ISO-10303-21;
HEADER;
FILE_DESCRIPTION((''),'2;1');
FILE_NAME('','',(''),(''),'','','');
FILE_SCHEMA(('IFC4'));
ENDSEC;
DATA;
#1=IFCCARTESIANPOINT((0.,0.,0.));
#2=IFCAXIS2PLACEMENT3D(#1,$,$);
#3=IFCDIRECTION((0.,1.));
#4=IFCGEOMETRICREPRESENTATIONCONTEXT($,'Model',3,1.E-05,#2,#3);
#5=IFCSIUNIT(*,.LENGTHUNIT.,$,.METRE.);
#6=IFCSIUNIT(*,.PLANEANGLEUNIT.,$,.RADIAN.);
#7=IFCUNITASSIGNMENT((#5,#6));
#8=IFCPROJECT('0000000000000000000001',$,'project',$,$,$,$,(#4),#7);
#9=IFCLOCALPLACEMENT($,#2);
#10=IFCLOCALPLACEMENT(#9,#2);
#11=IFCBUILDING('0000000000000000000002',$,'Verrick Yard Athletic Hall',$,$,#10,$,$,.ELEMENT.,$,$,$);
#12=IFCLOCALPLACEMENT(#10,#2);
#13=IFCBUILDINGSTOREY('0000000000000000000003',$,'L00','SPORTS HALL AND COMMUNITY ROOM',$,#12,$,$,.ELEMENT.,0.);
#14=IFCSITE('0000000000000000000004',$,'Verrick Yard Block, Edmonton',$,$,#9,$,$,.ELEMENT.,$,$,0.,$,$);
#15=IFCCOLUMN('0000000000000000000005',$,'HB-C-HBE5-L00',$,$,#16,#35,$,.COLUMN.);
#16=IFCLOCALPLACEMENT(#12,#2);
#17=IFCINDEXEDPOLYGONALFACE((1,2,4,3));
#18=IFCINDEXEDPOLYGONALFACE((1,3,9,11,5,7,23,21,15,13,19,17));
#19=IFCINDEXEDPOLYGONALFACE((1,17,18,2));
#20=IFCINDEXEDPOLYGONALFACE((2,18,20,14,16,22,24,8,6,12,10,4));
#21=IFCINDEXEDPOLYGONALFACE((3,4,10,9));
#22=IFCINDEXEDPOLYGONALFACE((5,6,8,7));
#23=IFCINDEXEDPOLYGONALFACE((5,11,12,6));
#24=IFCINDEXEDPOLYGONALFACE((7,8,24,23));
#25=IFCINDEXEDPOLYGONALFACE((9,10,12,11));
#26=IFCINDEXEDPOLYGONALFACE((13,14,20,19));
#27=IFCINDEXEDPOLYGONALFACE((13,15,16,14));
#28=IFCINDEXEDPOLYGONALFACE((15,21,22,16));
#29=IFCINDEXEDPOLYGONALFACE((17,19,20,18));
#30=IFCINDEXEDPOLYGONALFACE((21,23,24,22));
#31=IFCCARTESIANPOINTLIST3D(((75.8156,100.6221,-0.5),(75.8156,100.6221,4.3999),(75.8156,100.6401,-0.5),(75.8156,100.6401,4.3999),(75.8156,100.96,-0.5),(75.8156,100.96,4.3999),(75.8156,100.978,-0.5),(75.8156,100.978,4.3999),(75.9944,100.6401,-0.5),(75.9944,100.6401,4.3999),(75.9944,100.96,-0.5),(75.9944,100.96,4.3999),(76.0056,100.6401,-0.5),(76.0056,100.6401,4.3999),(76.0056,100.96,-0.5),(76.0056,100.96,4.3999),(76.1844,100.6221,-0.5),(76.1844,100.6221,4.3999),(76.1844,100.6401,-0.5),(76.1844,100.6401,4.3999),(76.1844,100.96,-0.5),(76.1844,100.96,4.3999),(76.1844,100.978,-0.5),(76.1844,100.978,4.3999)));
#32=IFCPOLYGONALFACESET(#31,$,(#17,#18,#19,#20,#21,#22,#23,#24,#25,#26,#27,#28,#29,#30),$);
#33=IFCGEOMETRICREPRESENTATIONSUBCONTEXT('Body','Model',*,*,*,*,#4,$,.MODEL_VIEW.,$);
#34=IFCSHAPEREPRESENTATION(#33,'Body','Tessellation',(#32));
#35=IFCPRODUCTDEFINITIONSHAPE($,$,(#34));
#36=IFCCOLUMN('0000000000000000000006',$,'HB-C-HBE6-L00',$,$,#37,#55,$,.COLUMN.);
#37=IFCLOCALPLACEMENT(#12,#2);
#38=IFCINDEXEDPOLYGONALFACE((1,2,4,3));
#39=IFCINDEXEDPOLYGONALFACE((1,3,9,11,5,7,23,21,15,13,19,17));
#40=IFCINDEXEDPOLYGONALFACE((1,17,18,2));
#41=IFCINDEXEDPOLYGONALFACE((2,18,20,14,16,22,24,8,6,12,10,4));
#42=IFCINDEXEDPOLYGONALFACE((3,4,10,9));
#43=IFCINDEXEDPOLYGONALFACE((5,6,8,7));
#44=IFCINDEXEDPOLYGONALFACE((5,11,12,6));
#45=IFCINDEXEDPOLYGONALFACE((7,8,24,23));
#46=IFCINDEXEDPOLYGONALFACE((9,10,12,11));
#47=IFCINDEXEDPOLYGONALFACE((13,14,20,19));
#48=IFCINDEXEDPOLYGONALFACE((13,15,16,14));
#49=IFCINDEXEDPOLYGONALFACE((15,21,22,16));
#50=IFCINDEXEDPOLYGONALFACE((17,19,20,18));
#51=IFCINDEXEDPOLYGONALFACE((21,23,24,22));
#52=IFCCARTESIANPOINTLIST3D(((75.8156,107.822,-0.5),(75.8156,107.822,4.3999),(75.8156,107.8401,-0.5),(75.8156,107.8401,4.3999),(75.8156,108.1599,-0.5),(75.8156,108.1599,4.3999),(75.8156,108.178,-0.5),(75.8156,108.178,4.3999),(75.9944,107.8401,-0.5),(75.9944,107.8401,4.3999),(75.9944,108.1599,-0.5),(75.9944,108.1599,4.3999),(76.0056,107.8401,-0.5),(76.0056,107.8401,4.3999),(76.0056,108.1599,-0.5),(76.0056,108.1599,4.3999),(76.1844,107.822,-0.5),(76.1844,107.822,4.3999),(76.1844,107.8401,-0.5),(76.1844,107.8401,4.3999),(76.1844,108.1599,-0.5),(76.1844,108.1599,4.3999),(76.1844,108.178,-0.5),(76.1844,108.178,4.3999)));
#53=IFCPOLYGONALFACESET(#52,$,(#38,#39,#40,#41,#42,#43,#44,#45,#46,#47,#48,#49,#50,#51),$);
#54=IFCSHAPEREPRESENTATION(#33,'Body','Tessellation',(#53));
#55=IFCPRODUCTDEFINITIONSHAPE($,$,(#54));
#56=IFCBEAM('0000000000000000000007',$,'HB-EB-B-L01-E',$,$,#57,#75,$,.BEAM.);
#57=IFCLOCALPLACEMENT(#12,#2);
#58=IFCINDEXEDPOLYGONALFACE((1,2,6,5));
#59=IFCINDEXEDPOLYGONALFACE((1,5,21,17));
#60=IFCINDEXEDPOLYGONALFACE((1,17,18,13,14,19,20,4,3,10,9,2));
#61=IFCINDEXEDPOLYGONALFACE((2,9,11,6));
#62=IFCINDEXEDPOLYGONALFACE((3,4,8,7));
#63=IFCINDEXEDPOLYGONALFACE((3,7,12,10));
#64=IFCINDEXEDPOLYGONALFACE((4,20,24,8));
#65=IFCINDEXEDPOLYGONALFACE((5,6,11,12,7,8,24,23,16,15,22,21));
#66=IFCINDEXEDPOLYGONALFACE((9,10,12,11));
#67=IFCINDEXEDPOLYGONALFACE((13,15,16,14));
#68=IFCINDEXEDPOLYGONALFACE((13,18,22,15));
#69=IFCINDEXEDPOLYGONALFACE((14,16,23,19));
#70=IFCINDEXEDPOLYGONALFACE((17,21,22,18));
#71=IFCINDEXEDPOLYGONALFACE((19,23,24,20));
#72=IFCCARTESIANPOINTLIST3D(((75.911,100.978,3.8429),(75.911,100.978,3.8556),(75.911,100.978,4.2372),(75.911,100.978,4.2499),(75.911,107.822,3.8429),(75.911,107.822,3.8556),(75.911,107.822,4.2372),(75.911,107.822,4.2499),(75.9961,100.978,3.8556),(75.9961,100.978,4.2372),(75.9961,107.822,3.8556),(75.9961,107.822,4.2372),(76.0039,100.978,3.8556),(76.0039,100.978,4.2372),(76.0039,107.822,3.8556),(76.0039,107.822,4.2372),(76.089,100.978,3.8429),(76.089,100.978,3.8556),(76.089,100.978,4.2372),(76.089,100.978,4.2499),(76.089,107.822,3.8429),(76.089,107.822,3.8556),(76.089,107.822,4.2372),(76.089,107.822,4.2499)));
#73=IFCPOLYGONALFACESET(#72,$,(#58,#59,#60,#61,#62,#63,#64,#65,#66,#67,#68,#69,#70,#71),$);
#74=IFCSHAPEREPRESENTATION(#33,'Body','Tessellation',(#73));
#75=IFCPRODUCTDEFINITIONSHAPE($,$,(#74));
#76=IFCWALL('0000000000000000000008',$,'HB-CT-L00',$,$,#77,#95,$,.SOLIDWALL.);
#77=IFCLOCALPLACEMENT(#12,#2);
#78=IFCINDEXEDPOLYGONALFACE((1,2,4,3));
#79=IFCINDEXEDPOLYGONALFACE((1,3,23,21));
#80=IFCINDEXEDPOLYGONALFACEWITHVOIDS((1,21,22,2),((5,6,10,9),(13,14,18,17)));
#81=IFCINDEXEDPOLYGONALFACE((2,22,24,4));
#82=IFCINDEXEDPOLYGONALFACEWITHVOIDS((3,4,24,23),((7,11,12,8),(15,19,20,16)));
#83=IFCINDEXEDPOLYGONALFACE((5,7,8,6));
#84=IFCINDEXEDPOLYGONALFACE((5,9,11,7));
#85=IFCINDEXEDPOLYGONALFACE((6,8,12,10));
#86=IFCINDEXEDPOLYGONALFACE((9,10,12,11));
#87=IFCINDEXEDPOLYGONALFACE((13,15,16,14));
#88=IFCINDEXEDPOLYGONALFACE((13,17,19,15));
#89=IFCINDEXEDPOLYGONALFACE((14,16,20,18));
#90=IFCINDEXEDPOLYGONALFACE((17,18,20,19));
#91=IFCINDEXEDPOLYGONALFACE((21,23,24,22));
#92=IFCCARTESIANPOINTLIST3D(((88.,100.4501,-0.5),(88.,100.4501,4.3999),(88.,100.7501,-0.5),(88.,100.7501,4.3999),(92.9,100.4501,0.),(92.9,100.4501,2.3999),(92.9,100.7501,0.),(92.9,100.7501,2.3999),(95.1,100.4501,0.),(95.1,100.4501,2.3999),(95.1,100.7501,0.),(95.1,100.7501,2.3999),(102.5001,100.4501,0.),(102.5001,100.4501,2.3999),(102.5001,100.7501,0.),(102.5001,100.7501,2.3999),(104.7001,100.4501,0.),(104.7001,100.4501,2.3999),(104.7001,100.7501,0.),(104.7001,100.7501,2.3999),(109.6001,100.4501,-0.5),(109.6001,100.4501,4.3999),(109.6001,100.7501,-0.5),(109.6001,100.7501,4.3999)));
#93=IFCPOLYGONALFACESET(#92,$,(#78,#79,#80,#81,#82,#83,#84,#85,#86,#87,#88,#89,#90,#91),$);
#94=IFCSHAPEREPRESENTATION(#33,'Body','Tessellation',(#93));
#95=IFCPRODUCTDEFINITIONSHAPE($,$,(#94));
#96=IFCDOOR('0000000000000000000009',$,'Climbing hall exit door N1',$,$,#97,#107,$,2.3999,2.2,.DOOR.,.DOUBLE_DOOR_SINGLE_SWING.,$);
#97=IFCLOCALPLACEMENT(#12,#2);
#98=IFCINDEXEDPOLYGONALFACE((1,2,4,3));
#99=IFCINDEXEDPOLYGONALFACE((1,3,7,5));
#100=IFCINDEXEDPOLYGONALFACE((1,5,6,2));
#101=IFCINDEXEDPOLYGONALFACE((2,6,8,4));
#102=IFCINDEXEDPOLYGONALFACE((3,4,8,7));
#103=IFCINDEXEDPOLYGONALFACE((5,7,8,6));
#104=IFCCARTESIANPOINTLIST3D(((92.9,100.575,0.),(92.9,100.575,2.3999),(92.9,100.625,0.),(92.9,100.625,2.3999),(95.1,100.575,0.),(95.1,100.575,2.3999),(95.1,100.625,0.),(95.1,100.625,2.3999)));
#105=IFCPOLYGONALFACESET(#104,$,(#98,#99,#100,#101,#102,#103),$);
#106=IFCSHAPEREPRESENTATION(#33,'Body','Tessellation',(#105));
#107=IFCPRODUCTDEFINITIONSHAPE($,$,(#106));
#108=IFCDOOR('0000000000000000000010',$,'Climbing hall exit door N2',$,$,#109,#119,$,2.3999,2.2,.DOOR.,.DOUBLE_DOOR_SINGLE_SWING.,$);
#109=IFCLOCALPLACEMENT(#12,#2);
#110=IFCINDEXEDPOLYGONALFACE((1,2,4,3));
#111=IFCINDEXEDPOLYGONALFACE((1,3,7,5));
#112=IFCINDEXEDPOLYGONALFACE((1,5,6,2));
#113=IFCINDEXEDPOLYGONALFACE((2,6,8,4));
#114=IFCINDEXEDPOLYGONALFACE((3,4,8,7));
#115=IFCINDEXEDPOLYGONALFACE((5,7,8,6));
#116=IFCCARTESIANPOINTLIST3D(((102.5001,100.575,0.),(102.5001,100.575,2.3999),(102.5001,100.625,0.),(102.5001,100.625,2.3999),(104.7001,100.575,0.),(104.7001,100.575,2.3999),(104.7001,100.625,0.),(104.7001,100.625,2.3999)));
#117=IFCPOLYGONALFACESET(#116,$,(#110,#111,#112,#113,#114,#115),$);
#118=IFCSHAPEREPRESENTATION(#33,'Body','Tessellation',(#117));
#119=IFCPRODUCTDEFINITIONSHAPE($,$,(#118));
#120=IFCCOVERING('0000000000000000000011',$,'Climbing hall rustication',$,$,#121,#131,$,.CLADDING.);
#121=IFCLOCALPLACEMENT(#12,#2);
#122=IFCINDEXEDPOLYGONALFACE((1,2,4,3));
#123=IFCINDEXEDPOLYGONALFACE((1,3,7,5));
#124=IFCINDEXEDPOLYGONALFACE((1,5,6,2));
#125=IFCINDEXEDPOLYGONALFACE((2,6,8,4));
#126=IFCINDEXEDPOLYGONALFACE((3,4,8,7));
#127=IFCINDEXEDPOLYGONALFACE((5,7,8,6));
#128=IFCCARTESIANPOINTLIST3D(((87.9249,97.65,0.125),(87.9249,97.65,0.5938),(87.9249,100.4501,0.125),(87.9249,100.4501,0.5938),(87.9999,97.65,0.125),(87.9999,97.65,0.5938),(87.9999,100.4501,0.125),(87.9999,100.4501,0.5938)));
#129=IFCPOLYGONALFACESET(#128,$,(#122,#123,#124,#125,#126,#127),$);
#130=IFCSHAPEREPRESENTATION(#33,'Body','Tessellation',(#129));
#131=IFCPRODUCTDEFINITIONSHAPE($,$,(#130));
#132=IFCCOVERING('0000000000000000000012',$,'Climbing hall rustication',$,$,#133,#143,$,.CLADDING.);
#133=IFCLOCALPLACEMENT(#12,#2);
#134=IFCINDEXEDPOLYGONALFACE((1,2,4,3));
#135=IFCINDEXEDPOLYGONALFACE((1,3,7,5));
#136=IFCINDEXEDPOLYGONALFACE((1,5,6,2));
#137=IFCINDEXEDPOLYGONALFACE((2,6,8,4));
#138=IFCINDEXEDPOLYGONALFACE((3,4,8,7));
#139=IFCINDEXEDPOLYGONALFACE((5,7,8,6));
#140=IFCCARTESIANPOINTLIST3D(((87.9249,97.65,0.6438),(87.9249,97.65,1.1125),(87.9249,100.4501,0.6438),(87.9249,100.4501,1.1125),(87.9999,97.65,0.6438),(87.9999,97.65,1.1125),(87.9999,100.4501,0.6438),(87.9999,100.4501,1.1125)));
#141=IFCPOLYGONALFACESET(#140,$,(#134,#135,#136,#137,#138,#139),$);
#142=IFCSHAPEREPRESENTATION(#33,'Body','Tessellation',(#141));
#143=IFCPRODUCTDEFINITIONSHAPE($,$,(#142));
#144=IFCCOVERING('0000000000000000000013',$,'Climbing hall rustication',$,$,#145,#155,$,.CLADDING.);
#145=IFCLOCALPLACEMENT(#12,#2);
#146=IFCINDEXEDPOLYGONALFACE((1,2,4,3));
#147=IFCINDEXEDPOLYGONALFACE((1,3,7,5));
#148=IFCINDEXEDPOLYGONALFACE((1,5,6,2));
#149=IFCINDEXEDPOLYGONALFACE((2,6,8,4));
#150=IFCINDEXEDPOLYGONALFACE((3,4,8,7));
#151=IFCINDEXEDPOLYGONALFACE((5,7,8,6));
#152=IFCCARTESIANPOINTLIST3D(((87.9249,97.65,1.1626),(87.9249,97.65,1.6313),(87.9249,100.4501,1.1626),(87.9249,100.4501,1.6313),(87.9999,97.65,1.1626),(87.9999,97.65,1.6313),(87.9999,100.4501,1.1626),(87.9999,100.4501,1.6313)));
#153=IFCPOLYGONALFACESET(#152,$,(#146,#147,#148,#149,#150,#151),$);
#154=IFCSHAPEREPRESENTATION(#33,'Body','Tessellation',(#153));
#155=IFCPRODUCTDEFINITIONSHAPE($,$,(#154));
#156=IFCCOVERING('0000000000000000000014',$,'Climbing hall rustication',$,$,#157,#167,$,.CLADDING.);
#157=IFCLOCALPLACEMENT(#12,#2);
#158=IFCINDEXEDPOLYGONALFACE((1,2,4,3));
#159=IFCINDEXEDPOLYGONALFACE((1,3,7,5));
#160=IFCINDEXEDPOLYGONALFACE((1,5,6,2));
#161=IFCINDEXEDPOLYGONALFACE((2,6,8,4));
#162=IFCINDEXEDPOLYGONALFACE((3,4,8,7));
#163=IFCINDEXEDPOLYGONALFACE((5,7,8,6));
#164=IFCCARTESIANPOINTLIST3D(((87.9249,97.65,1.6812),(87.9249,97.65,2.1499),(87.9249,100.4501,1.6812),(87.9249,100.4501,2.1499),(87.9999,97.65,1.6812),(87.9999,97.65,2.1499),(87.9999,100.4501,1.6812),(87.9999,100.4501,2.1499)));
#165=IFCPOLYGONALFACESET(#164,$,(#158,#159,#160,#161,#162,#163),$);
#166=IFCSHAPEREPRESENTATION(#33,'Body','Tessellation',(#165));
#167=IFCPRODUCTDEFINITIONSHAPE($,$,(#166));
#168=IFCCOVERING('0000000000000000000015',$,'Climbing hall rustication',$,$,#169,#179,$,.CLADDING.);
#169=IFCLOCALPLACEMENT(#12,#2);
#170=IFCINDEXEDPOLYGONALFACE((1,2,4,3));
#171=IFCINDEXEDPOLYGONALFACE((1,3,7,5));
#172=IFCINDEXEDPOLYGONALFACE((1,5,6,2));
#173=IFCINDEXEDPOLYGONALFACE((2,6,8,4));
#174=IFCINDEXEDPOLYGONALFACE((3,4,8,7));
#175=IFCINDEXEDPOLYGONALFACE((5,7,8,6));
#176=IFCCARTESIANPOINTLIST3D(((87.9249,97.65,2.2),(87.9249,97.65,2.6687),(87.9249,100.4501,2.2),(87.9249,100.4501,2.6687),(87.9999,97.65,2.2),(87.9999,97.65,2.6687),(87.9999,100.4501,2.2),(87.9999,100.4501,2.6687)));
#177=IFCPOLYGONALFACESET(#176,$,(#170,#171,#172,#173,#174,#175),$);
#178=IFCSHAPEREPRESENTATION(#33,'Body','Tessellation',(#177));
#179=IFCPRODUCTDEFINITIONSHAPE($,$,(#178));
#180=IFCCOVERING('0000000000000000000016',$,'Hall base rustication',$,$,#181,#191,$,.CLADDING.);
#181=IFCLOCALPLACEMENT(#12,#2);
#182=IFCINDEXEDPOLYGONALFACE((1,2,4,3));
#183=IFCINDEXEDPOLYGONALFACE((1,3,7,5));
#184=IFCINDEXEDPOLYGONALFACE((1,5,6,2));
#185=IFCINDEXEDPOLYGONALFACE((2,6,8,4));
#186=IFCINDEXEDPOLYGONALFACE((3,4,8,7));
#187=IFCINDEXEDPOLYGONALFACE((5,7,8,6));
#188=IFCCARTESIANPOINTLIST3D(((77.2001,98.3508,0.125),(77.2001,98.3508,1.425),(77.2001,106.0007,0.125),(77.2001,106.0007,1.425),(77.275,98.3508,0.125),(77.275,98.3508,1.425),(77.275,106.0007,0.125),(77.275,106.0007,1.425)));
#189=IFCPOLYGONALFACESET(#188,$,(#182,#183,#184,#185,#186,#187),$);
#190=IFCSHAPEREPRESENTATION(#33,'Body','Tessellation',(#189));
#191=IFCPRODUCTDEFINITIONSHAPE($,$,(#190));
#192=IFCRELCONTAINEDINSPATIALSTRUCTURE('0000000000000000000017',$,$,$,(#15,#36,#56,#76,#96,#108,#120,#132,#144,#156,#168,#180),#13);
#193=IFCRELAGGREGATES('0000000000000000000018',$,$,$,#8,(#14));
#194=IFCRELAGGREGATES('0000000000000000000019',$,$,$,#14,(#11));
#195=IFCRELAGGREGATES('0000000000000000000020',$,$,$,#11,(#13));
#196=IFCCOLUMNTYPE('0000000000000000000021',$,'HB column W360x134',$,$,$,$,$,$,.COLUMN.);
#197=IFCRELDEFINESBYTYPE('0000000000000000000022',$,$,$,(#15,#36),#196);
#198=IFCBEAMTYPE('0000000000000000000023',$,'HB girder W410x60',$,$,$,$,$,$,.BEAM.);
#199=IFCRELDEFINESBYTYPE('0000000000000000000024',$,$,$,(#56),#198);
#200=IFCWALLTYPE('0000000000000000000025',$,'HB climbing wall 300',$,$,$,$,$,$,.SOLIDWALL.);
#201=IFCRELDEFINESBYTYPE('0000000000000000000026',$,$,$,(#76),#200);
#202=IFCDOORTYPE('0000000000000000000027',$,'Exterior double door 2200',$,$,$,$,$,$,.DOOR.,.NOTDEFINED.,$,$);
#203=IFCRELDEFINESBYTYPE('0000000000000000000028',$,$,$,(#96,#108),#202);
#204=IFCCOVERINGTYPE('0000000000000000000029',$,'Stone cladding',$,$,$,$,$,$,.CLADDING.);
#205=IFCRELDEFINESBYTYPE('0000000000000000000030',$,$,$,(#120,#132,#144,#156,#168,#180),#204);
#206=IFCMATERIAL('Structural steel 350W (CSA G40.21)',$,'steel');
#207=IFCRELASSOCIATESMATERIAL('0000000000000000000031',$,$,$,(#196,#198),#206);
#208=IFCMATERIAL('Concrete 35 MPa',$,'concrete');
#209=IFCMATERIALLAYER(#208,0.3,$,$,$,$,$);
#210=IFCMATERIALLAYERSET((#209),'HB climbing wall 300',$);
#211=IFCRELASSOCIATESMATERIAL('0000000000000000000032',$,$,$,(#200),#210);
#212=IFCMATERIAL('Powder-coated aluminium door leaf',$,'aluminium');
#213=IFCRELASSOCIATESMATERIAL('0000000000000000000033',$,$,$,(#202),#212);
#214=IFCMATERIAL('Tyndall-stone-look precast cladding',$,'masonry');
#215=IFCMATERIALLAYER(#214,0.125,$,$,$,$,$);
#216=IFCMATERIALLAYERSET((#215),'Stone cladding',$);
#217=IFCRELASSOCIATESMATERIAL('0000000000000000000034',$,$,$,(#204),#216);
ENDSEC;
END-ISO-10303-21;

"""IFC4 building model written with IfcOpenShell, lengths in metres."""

from ifc_helpers import new_model, si_unit, direction, frame, frame_2d, origin, origin_2d, place, context, subcontext, project, spatial, rectangle, i_section, extrude, material, layer, layer_set, material_profile, profile_set, type_object, element, fill, save


model = new_model("IFC4")

# Units and contexts
model_context = context("Model", 3, precision=1e-05, world=origin(), true_north=direction((0.0, 1.0)))
body_context = subcontext(model_context, "Body", "Model", "MODEL_VIEW")
ifc_project = project(units=[si_unit("LENGTHUNIT", "METRE"), si_unit("PLANEANGLEUNIT", "RADIAN")], contexts=[model_context])

# Site, building, storey
site_placement = place(None, origin())
site = spatial("IfcSite", under=ifc_project, at=site_placement, Name="Verrick Yard Block, Edmonton", CompositionType="ELEMENT", RefElevation=0.0)
building_placement = place(site_placement, origin())
building = spatial("IfcBuilding", under=site, at=building_placement, Name="Verrick Yard Athletic Hall", CompositionType="ELEMENT")
storey_placement = place(building_placement, origin())
storey = spatial("IfcBuildingStorey", under=building, at=storey_placement, Name="L00", Description="SPORTS HALL AND COMMUNITY ROOM", CompositionType="ELEMENT", Elevation=0.0)

# Shared definitions
ifc_material_1 = material(Name="Concrete 35 MPa", Category="concrete")

# Columns
ifc_material_2 = material(Name="Structural steel 350W (CSA G40.21)", Category="steel")
ifc_material_profile_1 = material_profile(ifc_material_2, i_section(OverallWidth=0.3689, OverallDepth=0.356, WebThickness=0.0112, FlangeThickness=0.0181, at=origin_2d()), Name="W360x134")
ifc_profile_set_1 = profile_set([ifc_material_profile_1], Name="Structural steel 350W (CSA G40.21)")
column_type = type_object("IfcColumnType", Name="HB column W360x134", PredefinedType="COLUMN", material=ifc_profile_set_1)
for number, where, z_axis, x_axis, name in (
    (1, (76.0, 100.8, -0.5), (0.0, 0.0, 1.0), (1.0, 0.0, 0.0), "HB-C-HBE5-L00"),
    (2, (76.0, 108.0, -0.5), (0.0, 0.0, 1.0), (1.0, 0.0, 0.0), "HB-C-HBE6-L00"),
):
    element("IfcColumn", number, at=place(storey_placement, frame(where, z_axis=z_axis, x_axis=x_axis)), inside=storey, type_object=column_type, Name=name, PredefinedType="COLUMN", context=body_context, shape_type="SweptSolid", body=[
        extrude(i_section(OverallWidth=0.3689, OverallDepth=0.356, WebThickness=0.0112, FlangeThickness=0.0181, at=origin_2d()), origin(), (0.0, 0.0, 1.0), 4.8999),
    ])

# Beam
ifc_material_profile_2 = material_profile(ifc_material_2, i_section(OverallWidth=0.178, OverallDepth=0.407, WebThickness=0.0078, FlangeThickness=0.0127, at=origin_2d()), Name="W410x60")
ifc_profile_set_2 = profile_set([ifc_material_profile_2], Name="Structural steel 350W (CSA G40.21)")
beam_type = type_object("IfcBeamType", Name="HB girder W410x60", PredefinedType="BEAM", material=ifc_profile_set_2)
beam_placement = place(storey_placement, frame((76.0, 100.978, 4.0464), z_axis=(0.0, 1.0, 0.0), x_axis=(-1.0, 0.0, 0.0)))
element("IfcBeam", 3, at=beam_placement, inside=storey, type_object=beam_type, Name="HB-EB-B-L01-E", PredefinedType="BEAM", context=body_context, shape_type="SweptSolid", body=[
    extrude(i_section(OverallWidth=0.178, OverallDepth=0.407, WebThickness=0.0078, FlangeThickness=0.0127, at=origin_2d()), origin(), (0.0, 0.0, 1.0), 6.844),
])

# Wall, openings, doors
ifc_layer_1 = layer(ifc_material_1, 0.3)
ifc_layer_set_1 = layer_set([ifc_layer_1], Name="HB climbing wall 300")
wall_type = type_object("IfcWallType", Name="HB climbing wall 300", PredefinedType="SOLIDWALL", material=ifc_layer_set_1)
wall_placement = place(storey_placement, frame((88.0, 100.6001, -0.5), z_axis=(0.0, 0.0, 1.0), x_axis=(1.0, 0.0, 0.0)))
wall = element("IfcWall", 4, at=wall_placement, inside=storey, type_object=wall_type, Name="HB-CT-L00", PredefinedType="SOLIDWALL", context=body_context, shape_type="SweptSolid", body=[
    extrude(rectangle(XDim=21.6001, YDim=0.3, at=frame_2d((10.8, 0.0))), origin(), (0.0, 0.0, 1.0), 4.8999),
])
opening_1_placement = place(wall_placement, frame((4.8999, 0.0, 0.5)))
opening_1 = element("IfcOpeningElement", 5, at=opening_1_placement, cuts=wall, PredefinedType="OPENING", context=body_context, shape_type="SweptSolid", body=[
    extrude(rectangle(XDim=2.2, YDim=2.3999, at=frame_2d((1.1001, 1.2))), frame((0.0, 0.1602, 0.0), z_axis=(0.0, -1.0, 0.0), x_axis=(1.0, 0.0, 0.0)), (0.0, 0.0, 1.0), 0.3201),
])
opening_2_placement = place(wall_placement, frame((14.5, 0.0, 0.5)))
opening_2 = element("IfcOpeningElement", 6, at=opening_2_placement, cuts=wall, PredefinedType="OPENING", context=body_context, shape_type="SweptSolid", body=[
    extrude(rectangle(XDim=2.2, YDim=2.3999, at=frame_2d((1.1001, 1.2))), frame((0.0, 0.1602, 0.0), z_axis=(0.0, -1.0, 0.0), x_axis=(1.0, 0.0, 0.0)), (0.0, 0.0, 1.0), 0.3201),
])
ifc_material_3 = material(Name="Powder-coated aluminium door leaf", Category="aluminium")
door_type = type_object("IfcDoorType", Name="Exterior double door 2200", OperationType="NOTDEFINED", PredefinedType="DOOR", material=ifc_material_3)
door_1_placement = place(opening_1_placement, origin())
door_1 = element("IfcDoor", 7, at=door_1_placement, inside=storey, type_object=door_type, Name="Climbing hall exit door N1", OperationType="DOUBLE_DOOR_SINGLE_SWING", OverallHeight=2.3999, OverallWidth=2.2, PredefinedType="DOOR", context=body_context, shape_type="SweptSolid", body=[
    extrude(rectangle(XDim=2.2, YDim=2.3999, at=frame_2d((1.1001, 1.2))), frame((0.0, 0.0249, 0.0), z_axis=(0.0, -1.0, 0.0), x_axis=(1.0, 0.0, 0.0)), (0.0, 0.0, 1.0), 0.05),
])
fill(opening_1, door_1)
door_2_placement = place(opening_2_placement, origin())
door_2 = element("IfcDoor", 8, at=door_2_placement, inside=storey, type_object=door_type, Name="Climbing hall exit door N2", OperationType="DOUBLE_DOOR_SINGLE_SWING", OverallHeight=2.3999, OverallWidth=2.2, PredefinedType="DOOR", context=body_context, shape_type="SweptSolid", body=[
    extrude(rectangle(XDim=2.2, YDim=2.3999, at=frame_2d((1.1001, 1.2))), frame((0.0, 0.0249, 0.0), z_axis=(0.0, -1.0, 0.0), x_axis=(1.0, 0.0, 0.0)), (0.0, 0.0, 1.0), 0.05),
])
fill(opening_2, door_2)

# Coverings
ifc_material_4 = material(Name="Tyndall-stone-look precast cladding", Category="masonry")
ifc_layer_2 = layer(ifc_material_4, 0.125)
ifc_layer_set_2 = layer_set([ifc_layer_2], Name="Stone cladding")
covering_type = type_object("IfcCoveringType", Name="Stone cladding", PredefinedType="CLADDING", material=ifc_layer_set_2)
for number, where, z_axis, x_axis, name in (
    (9, (87.9624, 99.05, 0.125), (0.0, 0.0, 1.0), (0.0, 1.0, 0.0), "Climbing hall rustication"),
    (10, (87.9624, 99.05, 0.6438), (0.0, 0.0, 1.0), (0.0, 1.0, 0.0), "Climbing hall rustication"),
    (11, (87.9624, 99.05, 1.1626), (0.0, 0.0, 1.0), (0.0, 1.0, 0.0), "Climbing hall rustication"),
    (12, (87.9624, 99.05, 1.6812), (0.0, 0.0, 1.0), (0.0, 1.0, 0.0), "Climbing hall rustication"),
    (13, (87.9624, 99.05, 2.2), (0.0, 0.0, 1.0), (0.0, 1.0, 0.0), "Climbing hall rustication"),
):
    element("IfcCovering", number, at=place(storey_placement, frame(where, z_axis=z_axis, x_axis=x_axis)), inside=storey, type_object=covering_type, Name=name, PredefinedType="CLADDING", context=body_context, shape_type="SweptSolid", body=[
        extrude(rectangle(XDim=2.8, YDim=0.075, at=origin_2d()), origin(), (0.0, 0.0, 1.0), 0.4688),
    ])
covering_1_placement = place(storey_placement, frame((77.2375, 102.1758, 0.125), z_axis=(0.0, 0.0, 1.0), x_axis=(0.0, 1.0, 0.0)))
element("IfcCovering", 14, at=covering_1_placement, inside=storey, type_object=covering_type, Name="Hall base rustication", PredefinedType="CLADDING", context=body_context, shape_type="SweptSolid", body=[
    extrude(rectangle(XDim=7.6499, YDim=0.075, at=origin_2d()), origin(), (0.0, 0.0, 1.0), 1.3),
])

save(model, "model.ifc")
